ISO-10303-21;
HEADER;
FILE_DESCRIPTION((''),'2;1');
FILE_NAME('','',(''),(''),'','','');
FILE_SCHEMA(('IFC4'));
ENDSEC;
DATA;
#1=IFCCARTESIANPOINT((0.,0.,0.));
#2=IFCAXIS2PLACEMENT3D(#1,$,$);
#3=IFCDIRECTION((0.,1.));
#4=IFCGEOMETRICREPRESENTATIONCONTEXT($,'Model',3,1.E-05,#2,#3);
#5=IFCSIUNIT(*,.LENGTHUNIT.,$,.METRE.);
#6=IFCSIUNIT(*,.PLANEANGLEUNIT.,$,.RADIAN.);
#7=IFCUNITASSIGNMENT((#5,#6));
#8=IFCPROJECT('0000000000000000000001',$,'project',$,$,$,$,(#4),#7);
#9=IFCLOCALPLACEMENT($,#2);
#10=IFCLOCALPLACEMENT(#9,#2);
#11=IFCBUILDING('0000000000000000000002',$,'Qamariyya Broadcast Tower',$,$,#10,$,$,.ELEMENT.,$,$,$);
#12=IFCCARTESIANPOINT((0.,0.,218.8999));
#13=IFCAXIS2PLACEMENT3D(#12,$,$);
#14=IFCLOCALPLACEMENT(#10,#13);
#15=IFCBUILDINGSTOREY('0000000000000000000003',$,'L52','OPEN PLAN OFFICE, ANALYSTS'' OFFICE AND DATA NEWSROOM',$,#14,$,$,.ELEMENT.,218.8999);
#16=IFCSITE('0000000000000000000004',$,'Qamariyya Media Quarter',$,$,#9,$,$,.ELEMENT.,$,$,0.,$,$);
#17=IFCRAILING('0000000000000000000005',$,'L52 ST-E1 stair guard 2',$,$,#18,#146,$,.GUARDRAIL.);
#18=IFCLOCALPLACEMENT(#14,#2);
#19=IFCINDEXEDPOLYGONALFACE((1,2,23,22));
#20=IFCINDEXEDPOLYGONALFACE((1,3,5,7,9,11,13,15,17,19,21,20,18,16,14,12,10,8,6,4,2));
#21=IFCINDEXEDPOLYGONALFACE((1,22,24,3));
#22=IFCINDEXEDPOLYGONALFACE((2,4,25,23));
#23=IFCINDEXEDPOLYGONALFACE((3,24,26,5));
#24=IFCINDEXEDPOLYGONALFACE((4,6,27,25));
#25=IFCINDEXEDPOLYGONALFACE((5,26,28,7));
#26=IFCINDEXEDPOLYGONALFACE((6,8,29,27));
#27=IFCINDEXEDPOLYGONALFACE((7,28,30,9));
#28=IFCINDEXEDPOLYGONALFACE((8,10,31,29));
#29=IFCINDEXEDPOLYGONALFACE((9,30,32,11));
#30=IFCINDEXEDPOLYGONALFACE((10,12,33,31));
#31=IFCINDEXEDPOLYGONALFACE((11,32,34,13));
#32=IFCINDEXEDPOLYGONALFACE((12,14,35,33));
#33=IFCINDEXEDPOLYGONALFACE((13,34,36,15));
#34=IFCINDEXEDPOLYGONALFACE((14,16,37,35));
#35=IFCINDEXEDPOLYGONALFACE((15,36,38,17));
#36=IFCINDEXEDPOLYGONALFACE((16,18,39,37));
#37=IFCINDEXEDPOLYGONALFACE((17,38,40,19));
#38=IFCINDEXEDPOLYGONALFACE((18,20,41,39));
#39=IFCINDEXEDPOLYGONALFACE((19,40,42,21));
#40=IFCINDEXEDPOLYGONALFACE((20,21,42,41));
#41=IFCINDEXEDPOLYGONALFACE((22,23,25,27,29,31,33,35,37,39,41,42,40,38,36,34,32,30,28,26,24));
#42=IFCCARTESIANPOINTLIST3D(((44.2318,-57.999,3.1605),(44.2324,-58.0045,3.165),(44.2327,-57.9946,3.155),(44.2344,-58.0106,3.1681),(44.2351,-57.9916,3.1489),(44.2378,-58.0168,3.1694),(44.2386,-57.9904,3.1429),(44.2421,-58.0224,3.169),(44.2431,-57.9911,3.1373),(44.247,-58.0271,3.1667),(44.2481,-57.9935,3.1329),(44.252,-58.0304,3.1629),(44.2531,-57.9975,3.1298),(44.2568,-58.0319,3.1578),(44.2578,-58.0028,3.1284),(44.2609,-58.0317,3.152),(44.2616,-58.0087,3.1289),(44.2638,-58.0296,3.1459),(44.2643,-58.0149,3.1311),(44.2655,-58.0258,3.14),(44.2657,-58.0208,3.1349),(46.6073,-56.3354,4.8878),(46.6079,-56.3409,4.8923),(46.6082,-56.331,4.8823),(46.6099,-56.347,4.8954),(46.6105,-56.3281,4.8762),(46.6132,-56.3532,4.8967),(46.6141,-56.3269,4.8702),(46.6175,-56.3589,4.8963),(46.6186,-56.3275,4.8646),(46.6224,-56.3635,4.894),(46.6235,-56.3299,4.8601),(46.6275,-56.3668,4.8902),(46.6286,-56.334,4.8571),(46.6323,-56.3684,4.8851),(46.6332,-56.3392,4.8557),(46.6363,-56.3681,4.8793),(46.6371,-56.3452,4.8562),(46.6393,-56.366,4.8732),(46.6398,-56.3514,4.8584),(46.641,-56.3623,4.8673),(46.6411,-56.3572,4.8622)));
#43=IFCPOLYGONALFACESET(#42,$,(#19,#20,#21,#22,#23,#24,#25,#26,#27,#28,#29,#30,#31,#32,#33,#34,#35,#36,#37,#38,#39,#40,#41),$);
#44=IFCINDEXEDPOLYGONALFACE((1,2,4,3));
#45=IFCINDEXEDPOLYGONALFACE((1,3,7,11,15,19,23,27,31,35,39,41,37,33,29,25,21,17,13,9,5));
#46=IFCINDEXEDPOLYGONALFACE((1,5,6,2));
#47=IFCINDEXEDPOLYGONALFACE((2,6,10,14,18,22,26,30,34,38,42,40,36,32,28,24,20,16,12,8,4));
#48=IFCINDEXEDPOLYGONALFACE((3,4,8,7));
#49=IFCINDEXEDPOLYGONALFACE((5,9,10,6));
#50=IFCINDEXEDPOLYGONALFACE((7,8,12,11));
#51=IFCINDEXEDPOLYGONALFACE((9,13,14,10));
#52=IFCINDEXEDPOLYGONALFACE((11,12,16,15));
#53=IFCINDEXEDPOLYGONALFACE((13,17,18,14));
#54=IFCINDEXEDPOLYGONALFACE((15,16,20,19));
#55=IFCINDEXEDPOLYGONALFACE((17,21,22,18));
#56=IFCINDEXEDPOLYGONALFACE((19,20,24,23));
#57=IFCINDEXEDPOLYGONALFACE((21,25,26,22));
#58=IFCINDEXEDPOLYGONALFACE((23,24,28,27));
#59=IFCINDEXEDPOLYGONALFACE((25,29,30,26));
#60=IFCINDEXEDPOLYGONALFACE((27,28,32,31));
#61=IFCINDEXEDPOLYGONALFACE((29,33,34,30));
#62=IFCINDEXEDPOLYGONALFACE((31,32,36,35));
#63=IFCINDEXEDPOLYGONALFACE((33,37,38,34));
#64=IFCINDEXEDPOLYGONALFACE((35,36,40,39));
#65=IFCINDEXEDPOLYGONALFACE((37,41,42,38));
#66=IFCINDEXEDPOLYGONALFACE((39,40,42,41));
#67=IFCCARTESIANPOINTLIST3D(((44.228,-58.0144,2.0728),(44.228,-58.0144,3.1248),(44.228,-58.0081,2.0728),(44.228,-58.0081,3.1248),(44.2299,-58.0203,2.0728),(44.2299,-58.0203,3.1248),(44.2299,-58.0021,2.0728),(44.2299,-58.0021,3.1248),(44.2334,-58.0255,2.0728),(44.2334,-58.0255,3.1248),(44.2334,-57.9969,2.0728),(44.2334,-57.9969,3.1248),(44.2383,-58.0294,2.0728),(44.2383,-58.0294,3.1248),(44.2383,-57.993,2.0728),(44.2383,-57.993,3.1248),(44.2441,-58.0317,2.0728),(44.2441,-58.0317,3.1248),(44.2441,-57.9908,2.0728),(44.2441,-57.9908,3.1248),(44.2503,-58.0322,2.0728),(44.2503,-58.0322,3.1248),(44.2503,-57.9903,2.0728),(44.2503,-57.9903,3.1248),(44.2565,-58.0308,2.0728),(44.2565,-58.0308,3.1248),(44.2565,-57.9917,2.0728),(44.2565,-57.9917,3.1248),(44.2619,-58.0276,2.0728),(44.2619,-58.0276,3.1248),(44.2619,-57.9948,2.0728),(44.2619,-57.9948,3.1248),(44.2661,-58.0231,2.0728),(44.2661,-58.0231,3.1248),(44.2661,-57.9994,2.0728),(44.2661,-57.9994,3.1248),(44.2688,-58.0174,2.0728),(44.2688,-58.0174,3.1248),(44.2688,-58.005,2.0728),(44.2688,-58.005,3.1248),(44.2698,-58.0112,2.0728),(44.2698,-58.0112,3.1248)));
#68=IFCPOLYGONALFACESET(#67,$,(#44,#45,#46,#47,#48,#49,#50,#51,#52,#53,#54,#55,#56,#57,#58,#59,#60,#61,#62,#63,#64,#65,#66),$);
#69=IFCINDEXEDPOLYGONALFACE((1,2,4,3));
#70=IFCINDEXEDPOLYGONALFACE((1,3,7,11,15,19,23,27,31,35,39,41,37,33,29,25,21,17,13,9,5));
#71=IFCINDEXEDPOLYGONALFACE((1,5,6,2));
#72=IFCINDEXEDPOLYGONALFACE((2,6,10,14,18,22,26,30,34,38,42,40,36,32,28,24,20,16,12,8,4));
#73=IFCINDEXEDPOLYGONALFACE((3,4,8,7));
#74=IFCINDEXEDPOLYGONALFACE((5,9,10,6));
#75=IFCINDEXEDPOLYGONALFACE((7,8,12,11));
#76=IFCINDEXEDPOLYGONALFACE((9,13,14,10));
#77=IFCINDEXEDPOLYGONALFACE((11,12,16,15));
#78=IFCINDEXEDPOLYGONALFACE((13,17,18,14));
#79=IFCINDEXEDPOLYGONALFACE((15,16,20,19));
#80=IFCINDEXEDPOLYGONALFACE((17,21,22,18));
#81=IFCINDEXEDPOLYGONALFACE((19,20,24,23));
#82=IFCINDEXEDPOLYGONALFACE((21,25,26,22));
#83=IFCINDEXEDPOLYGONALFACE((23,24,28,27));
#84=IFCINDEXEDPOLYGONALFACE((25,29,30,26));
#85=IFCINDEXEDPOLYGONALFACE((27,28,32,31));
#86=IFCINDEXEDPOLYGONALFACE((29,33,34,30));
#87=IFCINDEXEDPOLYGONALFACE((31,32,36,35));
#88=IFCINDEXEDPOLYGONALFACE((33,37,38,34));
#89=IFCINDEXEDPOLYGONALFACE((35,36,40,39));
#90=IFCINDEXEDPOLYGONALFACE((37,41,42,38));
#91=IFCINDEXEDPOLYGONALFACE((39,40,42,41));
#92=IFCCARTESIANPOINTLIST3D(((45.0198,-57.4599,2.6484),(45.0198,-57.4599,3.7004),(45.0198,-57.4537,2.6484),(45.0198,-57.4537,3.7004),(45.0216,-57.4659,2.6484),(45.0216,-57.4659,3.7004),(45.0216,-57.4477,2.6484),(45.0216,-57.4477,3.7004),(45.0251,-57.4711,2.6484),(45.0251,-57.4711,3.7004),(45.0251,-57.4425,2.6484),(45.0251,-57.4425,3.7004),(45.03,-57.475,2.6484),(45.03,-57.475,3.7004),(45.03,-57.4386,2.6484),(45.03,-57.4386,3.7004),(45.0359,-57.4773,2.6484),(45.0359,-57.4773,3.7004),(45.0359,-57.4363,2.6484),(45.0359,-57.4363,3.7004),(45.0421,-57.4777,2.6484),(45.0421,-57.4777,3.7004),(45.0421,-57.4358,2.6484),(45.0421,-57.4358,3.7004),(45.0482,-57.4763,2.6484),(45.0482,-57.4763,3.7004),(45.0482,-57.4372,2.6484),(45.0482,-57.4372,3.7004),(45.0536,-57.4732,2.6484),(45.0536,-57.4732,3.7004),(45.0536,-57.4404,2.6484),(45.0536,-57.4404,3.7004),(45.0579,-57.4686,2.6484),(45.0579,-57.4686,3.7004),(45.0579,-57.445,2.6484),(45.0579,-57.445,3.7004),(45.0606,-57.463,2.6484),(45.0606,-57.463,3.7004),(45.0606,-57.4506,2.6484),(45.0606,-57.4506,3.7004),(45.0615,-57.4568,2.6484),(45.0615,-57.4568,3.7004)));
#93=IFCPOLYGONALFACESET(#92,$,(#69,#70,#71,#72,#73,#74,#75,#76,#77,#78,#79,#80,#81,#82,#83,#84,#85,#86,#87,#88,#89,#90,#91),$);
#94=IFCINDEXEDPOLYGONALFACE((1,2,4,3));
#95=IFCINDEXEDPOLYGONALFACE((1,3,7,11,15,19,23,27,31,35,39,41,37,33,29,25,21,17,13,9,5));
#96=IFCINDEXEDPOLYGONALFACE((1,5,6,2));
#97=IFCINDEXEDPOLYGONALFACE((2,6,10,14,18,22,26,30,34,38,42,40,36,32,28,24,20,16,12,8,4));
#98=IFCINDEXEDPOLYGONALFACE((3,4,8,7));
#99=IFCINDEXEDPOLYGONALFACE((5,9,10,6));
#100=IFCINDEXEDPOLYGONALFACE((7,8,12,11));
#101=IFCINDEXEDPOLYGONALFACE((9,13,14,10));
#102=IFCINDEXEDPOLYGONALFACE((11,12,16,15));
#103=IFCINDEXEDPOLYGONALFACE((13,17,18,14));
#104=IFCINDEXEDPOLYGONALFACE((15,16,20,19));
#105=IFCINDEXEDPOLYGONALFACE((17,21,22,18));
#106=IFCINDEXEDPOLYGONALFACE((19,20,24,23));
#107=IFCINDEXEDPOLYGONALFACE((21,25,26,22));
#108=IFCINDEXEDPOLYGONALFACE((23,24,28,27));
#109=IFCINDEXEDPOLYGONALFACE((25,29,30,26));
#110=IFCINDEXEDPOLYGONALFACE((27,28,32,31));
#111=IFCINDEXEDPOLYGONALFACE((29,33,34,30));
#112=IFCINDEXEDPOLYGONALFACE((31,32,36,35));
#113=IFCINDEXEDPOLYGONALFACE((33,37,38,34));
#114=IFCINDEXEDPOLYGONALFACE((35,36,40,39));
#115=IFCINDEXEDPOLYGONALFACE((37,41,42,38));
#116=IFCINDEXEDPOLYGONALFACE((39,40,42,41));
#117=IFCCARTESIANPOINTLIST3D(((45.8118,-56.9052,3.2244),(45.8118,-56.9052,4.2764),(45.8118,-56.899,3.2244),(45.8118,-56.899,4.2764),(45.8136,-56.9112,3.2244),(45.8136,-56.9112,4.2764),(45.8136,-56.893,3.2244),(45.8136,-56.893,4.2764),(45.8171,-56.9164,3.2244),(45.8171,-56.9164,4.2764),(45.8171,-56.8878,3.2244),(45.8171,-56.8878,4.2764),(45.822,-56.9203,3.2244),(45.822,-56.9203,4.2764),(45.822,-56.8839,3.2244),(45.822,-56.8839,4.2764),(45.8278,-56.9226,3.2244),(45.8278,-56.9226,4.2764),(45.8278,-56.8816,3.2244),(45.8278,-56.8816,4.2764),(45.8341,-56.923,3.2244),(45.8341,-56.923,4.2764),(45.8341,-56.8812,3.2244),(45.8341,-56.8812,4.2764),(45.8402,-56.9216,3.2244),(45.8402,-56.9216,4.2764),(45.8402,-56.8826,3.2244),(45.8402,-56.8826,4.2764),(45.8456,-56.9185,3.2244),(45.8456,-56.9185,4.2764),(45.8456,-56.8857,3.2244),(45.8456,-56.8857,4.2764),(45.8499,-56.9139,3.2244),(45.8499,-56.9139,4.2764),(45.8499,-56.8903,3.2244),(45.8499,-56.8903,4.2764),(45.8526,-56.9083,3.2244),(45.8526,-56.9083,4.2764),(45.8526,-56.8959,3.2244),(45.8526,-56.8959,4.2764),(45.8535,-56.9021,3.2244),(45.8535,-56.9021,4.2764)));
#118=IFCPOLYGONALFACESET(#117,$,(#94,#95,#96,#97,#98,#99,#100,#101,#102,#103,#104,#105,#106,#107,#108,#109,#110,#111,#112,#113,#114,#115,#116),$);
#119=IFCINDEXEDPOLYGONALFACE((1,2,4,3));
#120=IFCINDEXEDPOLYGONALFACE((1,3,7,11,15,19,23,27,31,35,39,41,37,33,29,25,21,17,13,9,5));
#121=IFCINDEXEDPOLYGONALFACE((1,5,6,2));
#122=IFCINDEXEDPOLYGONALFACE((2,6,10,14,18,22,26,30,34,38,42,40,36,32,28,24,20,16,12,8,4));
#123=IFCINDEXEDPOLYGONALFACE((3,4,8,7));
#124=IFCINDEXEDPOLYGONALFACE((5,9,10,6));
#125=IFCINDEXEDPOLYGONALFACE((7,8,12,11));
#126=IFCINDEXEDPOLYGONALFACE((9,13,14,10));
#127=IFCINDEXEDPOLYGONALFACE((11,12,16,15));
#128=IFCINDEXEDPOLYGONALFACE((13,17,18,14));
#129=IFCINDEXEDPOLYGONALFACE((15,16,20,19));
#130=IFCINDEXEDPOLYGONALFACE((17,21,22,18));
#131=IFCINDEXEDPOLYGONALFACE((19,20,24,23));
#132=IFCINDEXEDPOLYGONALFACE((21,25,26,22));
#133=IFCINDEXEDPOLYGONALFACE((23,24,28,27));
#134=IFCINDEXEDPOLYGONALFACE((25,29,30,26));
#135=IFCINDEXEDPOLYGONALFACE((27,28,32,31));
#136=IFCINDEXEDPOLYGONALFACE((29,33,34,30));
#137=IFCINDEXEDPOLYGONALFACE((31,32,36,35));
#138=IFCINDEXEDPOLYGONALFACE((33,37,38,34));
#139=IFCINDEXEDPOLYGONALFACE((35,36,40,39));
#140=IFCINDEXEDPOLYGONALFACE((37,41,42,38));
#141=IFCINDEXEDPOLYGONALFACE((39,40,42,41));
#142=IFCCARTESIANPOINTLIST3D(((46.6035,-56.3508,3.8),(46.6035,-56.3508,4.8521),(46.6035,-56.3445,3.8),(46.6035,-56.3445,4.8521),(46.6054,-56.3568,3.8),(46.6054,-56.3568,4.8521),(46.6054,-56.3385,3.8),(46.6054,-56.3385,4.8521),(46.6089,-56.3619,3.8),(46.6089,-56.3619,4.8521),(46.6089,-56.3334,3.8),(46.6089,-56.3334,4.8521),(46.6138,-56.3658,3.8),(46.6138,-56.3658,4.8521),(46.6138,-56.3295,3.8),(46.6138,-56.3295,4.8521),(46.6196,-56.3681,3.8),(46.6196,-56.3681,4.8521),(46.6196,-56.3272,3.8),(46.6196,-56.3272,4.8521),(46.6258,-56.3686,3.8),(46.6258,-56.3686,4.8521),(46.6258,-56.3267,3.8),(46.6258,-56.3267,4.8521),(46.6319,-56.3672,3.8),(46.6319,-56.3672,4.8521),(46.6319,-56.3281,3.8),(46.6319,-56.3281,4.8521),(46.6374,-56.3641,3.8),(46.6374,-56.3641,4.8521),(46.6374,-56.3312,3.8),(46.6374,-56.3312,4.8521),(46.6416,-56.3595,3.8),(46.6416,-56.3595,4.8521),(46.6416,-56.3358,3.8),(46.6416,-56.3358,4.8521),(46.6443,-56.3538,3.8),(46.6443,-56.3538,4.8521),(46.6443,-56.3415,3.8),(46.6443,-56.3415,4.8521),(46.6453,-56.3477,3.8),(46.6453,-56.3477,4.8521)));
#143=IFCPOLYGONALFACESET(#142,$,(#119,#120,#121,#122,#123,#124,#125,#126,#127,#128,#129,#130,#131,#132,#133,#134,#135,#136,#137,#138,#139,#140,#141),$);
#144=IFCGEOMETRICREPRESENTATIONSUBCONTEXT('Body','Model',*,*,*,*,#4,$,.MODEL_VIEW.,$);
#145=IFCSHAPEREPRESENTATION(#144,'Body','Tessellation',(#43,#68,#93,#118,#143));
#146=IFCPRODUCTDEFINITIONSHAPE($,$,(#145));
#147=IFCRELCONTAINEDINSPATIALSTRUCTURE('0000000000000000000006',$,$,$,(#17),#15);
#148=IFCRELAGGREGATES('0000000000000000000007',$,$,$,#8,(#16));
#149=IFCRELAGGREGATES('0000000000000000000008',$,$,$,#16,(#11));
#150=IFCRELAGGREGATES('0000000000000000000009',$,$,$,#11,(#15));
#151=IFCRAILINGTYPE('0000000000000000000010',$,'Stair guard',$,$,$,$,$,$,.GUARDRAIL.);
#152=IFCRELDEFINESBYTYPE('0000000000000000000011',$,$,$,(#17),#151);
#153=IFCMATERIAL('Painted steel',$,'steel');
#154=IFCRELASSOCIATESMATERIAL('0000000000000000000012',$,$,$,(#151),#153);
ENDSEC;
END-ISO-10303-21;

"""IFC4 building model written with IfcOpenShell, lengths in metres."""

from ifc_helpers import new_model, si_unit, direction, frame, origin, origin_2d, place, context, subcontext, project, spatial, circle, extrude, material, type_object, element, save


model = new_model("IFC4")

# Units and contexts
model_context = context("Model", 3, precision=1e-05, world=origin(), true_north=direction((0.0, 1.0)))
body_context = subcontext(model_context, "Body", "Model", "MODEL_VIEW")
ifc_project = project(units=[si_unit("LENGTHUNIT", "METRE"), si_unit("PLANEANGLEUNIT", "RADIAN")], contexts=[model_context])

# Site, building, storey
site_placement = place(None, origin())
site = spatial("IfcSite", under=ifc_project, at=site_placement, Name="Qamariyya Media Quarter", CompositionType="ELEMENT", RefElevation=0.0)
building_placement = place(site_placement, origin())
building = spatial("IfcBuilding", under=site, at=building_placement, Name="Qamariyya Broadcast Tower", CompositionType="ELEMENT")
storey_placement = place(building_placement, frame((0.0, 0.0, 218.8999)))
storey = spatial("IfcBuildingStorey", under=building, at=storey_placement, Name="L52", Description="OPEN PLAN OFFICE, ANALYSTS' OFFICE AND DATA NEWSROOM", CompositionType="ELEMENT", Elevation=218.8999)

# Railing
ifc_material_1 = material(Name="Painted steel", Category="steel")
railing_type_1 = type_object("IfcRailingType", Name="Stair guard", PredefinedType="GUARDRAIL", material=ifc_material_1)
railing_1_placement = place(storey_placement, frame((44.2488, -58.0112, 2.0728)))
element("IfcRailing", 1, at=railing_1_placement, inside=storey, type_object=railing_type_1, Name="L52 ST-E1 stair guard 2", PredefinedType="GUARDRAIL", context=body_context, shape_type="SweptSolid", body=[
    extrude(circle(Radius=0.0239, at=origin_2d()), frame((0.0, 0.0, 1.0762), z_axis=(0.703745, 0.492838, 0.511716), x_axis=(-0.573632, 0.819113, 0.0)), (0.0, 0.0, 1.0), 3.3755),
    extrude(circle(Radius=0.021, at=origin_2d()), origin(), (0.0, 0.0, 1.0), 1.052),
    extrude(circle(Radius=0.021, at=origin_2d()), frame((0.7917, 0.5544, 0.5757)), (0.0, 0.0, 1.0), 1.052),
    extrude(circle(Radius=0.021, at=origin_2d()), frame((1.5837, 1.1091, 1.1516)), (0.0, 0.0, 1.0), 1.052),
    extrude(circle(Radius=0.021, at=origin_2d()), frame((2.3755, 1.6636, 1.7273)), (0.0, 0.0, 1.0), 1.052),
])

save(model, "model.ifc")
